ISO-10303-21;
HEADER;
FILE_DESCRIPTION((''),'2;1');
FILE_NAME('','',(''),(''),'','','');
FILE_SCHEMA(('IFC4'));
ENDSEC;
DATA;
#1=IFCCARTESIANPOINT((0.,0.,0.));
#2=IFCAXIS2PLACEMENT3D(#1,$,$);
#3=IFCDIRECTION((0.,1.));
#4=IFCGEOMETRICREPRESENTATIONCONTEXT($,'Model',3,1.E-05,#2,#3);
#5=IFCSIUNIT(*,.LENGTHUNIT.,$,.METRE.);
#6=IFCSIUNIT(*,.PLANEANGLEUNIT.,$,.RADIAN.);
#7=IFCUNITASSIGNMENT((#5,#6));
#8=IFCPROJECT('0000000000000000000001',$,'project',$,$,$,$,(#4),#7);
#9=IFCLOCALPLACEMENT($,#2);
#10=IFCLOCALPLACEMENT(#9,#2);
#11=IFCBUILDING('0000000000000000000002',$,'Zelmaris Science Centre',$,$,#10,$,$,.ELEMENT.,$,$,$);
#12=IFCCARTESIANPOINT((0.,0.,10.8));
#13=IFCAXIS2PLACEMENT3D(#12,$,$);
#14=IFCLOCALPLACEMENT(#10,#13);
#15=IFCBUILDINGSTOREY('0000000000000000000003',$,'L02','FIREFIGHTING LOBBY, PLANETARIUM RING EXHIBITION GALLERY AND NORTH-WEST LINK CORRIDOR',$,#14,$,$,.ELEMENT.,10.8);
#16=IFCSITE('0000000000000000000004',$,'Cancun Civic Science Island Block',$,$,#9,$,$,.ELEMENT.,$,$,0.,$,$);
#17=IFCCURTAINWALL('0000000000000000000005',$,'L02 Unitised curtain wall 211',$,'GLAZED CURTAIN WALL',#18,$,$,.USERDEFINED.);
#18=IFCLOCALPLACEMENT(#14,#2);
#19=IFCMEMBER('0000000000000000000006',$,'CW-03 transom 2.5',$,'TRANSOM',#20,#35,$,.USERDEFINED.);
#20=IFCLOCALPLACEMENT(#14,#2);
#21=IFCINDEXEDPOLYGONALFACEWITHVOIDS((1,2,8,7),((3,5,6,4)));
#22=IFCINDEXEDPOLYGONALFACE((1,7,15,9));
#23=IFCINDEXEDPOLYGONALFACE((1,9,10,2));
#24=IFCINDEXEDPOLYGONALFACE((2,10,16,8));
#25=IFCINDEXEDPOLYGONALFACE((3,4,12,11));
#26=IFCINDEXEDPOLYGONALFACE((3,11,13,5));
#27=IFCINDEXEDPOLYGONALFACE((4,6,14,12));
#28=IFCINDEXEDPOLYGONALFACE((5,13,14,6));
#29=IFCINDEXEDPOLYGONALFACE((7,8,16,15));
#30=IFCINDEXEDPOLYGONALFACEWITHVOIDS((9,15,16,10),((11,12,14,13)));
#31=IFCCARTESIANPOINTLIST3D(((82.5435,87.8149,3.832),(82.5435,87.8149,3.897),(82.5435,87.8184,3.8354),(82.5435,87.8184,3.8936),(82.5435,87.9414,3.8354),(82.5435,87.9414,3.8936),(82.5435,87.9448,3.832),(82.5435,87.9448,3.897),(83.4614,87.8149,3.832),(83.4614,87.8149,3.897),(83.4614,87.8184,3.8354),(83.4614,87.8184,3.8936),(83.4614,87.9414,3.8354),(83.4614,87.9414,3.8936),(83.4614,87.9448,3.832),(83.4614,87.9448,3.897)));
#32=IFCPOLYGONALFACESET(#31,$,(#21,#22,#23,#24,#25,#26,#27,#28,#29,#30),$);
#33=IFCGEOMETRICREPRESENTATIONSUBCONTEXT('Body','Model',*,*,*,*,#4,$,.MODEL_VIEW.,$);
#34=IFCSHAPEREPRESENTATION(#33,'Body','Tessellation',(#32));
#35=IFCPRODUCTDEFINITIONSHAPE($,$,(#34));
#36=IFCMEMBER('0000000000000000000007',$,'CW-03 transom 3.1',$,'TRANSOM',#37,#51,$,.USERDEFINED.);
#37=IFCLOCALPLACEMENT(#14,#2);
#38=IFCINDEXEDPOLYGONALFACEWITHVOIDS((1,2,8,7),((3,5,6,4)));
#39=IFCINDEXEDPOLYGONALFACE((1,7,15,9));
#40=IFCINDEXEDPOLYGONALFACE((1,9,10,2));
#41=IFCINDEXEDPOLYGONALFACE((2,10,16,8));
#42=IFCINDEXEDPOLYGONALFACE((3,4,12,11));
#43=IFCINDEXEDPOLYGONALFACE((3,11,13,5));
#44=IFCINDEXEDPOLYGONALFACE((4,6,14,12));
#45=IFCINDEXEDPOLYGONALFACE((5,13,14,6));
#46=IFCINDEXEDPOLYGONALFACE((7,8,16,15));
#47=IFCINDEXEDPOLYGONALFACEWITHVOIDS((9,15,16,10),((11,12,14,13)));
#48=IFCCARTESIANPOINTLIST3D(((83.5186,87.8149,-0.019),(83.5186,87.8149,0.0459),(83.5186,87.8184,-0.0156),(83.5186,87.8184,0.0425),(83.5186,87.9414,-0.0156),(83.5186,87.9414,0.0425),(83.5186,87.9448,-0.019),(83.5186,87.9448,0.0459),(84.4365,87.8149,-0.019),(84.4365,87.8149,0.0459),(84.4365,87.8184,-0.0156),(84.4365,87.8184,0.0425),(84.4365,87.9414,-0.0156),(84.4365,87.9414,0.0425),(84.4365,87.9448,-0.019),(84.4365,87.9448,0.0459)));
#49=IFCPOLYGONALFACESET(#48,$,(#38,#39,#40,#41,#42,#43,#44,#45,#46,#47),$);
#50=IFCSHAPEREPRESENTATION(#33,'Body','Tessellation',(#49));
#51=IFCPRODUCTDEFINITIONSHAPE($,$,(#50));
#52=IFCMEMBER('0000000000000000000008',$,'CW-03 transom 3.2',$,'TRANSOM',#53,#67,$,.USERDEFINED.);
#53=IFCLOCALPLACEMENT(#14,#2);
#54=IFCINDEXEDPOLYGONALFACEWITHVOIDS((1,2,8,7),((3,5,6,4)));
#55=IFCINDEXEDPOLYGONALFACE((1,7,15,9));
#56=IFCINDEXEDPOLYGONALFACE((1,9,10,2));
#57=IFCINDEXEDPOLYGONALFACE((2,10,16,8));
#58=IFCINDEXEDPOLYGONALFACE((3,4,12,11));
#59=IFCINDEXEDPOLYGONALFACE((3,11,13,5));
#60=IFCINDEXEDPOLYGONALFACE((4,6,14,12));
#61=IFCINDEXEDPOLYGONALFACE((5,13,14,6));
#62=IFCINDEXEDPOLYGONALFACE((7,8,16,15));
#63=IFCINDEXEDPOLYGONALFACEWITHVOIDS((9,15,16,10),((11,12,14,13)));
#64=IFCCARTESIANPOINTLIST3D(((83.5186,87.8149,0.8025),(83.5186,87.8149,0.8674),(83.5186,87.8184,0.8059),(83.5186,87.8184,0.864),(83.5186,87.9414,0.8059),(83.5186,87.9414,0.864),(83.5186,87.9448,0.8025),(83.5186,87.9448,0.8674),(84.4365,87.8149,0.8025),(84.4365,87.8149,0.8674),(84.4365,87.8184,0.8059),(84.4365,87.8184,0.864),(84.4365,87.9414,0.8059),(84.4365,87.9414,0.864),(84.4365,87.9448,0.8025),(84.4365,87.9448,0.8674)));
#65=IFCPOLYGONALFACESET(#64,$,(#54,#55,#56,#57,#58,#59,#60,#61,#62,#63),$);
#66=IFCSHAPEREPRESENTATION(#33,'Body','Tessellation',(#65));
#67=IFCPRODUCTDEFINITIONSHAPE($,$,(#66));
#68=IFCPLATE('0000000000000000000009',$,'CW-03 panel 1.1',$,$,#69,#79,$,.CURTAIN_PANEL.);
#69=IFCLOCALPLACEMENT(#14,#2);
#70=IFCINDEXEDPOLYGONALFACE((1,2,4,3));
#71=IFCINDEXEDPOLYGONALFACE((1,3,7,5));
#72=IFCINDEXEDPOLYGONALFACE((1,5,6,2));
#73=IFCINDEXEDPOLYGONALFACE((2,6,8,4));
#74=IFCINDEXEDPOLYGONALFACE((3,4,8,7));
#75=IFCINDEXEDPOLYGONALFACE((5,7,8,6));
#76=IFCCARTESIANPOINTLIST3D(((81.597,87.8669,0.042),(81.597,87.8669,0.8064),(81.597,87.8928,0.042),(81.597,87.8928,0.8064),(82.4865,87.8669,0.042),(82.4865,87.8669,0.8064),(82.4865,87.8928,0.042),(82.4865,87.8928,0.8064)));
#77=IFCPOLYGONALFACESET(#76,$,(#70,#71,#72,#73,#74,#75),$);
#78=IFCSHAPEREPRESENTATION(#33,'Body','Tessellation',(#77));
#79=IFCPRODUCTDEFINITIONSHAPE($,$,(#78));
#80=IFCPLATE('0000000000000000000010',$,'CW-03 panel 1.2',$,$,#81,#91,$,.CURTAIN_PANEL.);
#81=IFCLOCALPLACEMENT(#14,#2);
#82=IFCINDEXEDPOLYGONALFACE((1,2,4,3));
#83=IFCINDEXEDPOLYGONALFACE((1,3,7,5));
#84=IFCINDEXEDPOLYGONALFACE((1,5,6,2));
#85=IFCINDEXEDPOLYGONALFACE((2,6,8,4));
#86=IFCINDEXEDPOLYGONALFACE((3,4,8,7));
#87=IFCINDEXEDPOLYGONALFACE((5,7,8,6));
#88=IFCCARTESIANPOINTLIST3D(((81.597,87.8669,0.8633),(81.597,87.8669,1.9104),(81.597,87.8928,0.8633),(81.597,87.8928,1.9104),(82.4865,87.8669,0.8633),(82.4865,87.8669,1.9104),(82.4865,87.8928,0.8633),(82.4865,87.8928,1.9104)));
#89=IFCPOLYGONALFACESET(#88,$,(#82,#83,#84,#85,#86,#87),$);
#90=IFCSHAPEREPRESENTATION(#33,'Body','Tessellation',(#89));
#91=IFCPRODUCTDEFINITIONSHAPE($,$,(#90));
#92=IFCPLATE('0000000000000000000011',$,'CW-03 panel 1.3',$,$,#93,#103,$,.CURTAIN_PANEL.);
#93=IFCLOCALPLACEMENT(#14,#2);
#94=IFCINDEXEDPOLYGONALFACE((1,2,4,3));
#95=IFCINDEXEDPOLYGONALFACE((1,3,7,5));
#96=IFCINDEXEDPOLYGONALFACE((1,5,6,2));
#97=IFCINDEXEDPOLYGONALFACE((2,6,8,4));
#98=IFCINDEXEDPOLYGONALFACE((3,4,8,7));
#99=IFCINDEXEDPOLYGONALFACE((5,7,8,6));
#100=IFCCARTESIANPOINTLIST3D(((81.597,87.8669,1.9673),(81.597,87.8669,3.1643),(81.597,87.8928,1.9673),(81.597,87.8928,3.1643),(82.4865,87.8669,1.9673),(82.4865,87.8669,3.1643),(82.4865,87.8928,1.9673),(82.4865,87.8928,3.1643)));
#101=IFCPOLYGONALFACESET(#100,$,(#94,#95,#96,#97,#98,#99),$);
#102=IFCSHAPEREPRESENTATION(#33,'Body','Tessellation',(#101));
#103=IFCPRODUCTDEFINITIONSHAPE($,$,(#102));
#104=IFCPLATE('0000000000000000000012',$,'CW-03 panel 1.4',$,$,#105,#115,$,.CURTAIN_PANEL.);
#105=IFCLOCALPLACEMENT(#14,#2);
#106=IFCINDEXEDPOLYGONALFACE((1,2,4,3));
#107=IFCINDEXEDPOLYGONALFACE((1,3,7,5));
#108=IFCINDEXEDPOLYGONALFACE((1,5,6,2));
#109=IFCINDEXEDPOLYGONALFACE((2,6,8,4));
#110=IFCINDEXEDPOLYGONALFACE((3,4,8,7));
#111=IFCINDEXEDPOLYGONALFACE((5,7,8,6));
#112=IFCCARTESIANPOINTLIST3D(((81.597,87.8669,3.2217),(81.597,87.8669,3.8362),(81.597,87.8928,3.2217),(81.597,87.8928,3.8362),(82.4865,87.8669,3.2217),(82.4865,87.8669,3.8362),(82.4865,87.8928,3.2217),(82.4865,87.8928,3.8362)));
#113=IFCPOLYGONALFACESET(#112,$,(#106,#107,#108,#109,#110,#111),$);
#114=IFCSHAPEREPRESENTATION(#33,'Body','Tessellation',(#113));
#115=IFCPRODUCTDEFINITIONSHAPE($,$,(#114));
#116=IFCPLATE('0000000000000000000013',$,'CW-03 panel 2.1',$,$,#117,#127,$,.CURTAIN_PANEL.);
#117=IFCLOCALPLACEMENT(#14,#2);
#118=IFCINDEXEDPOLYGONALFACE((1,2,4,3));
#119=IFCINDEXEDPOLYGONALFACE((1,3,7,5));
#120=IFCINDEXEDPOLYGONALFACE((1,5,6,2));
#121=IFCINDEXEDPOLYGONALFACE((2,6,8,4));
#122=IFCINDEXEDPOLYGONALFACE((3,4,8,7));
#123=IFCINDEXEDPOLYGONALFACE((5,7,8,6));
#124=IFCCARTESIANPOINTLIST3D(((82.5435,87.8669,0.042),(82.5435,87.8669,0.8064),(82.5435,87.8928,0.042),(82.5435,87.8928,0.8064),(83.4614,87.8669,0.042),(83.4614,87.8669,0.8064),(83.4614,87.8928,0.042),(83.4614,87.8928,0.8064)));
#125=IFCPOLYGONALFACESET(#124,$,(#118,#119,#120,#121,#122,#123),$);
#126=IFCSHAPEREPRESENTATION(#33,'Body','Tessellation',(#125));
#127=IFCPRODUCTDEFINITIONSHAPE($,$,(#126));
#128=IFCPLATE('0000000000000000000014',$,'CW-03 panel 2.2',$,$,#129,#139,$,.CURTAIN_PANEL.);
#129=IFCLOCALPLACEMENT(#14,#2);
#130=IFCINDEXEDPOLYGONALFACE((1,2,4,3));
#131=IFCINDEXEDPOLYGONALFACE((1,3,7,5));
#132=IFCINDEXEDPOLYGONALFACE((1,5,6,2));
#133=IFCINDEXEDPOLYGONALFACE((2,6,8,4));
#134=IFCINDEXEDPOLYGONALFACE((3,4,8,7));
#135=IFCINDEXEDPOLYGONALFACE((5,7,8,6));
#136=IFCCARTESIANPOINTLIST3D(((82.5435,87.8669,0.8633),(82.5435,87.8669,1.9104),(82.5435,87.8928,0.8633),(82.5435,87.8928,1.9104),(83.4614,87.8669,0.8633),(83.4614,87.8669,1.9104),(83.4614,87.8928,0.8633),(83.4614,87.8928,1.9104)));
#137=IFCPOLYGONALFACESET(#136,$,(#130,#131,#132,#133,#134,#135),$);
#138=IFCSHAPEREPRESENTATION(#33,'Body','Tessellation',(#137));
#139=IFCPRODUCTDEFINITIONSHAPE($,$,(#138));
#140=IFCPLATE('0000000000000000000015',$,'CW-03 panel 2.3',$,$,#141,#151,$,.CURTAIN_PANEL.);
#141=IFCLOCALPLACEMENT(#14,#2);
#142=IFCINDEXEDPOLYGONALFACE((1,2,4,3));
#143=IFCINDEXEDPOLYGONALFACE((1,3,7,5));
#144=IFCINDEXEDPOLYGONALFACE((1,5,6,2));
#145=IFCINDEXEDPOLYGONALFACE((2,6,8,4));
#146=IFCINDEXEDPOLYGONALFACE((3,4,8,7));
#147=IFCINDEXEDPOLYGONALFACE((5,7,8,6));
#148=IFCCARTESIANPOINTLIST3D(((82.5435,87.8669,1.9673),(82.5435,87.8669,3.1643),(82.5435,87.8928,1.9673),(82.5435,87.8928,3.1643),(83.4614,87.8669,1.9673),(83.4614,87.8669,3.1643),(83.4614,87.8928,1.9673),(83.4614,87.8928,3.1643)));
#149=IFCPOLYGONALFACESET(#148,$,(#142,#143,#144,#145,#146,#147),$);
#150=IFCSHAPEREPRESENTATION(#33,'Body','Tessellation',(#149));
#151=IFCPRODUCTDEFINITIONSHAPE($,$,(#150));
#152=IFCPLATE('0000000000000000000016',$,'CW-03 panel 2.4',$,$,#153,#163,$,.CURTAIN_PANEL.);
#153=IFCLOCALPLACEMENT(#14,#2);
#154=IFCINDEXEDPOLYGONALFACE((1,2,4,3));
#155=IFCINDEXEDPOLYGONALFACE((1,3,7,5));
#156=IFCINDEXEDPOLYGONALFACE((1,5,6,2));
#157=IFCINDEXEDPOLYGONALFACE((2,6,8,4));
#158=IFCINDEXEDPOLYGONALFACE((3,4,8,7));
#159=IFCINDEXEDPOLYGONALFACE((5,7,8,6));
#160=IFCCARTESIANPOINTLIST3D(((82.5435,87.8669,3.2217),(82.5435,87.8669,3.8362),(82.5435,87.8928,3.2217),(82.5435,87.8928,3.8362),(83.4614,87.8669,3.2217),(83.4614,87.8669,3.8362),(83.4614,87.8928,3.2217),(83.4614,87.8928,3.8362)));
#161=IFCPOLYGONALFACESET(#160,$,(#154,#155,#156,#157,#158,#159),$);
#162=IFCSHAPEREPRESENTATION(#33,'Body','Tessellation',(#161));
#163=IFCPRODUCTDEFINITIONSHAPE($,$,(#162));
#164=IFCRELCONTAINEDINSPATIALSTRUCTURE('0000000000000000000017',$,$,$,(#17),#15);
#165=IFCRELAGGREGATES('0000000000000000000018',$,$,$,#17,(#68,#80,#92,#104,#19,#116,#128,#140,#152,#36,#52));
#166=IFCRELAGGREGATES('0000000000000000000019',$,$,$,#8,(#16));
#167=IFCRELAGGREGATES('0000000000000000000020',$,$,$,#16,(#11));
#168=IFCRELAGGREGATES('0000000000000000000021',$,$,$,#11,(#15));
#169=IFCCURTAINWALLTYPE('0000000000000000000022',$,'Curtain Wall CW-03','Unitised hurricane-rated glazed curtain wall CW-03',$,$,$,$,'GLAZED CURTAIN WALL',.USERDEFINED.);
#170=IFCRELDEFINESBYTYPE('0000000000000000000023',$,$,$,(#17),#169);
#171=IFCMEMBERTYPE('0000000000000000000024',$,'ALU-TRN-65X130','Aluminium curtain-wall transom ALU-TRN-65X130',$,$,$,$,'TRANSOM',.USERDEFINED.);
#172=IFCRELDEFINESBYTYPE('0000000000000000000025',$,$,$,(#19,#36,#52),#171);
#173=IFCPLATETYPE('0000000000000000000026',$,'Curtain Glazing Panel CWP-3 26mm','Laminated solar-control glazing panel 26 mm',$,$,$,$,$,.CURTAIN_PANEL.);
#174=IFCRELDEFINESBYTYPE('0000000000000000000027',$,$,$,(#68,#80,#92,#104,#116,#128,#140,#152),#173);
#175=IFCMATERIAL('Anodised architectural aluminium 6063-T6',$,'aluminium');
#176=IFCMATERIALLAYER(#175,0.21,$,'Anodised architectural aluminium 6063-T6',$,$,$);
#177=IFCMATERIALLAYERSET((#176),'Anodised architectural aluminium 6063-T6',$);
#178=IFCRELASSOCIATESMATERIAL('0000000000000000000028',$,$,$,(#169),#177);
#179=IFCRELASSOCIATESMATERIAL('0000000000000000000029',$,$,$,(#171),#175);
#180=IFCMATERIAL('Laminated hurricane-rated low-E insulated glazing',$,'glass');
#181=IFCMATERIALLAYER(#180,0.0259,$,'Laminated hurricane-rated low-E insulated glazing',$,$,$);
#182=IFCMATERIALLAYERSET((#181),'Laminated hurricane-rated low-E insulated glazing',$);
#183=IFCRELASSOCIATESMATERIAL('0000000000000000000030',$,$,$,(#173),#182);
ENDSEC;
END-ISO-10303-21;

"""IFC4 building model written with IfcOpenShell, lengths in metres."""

from ifc_helpers import new_model, si_unit, direction, frame, origin, origin_2d, place, context, subcontext, project, spatial, rectangle, hollow_rectangle, extrude, material, layer, layer_set, material_profile, profile_set, type_object, element, aggregate, save


model = new_model("IFC4")

# Units and contexts
model_context = context("Model", 3, precision=1e-05, world=origin(), true_north=direction((0.0, 1.0)))
body_context = subcontext(model_context, "Body", "Model", "MODEL_VIEW")
ifc_project = project(units=[si_unit("LENGTHUNIT", "METRE"), si_unit("PLANEANGLEUNIT", "RADIAN")], contexts=[model_context])

# Site, building, storey
site_placement = place(None, origin())
site = spatial("IfcSite", under=ifc_project, at=site_placement, Name="Cancun Civic Science Island Block", CompositionType="ELEMENT", RefElevation=0.0)
building_placement = place(site_placement, origin())
building = spatial("IfcBuilding", under=site, at=building_placement, Name="Zelmaris Science Centre", CompositionType="ELEMENT")
storey_placement = place(building_placement, frame((0.0, 0.0, 10.8)))
storey = spatial("IfcBuildingStorey", under=building, at=storey_placement, Name="L02", Description="FIREFIGHTING LOBBY, PLANETARIUM RING EXHIBITION GALLERY AND NORTH-WEST LINK CORRIDOR", CompositionType="ELEMENT", Elevation=10.8)

# Curtain wall, members, plates
ifc_material_1 = material(Name="Anodised architectural aluminium 6063-T6", Category="aluminium")
ifc_layer_1 = layer(ifc_material_1, 0.21, Name="Anodised architectural aluminium 6063-T6")
ifc_layer_set_1 = layer_set([ifc_layer_1], Name="Anodised architectural aluminium 6063-T6")
curtain_wall_type = type_object("IfcCurtainWallType", Name="Curtain Wall CW-03", Description="Unitised hurricane-rated glazed curtain wall CW-03", ElementType="GLAZED CURTAIN WALL", PredefinedType="USERDEFINED", material=ifc_layer_set_1)
curtain_wall_placement = place(storey_placement, origin())
curtain_wall = element("IfcCurtainWall", 1, at=curtain_wall_placement, inside=storey, type_object=curtain_wall_type, Name="L02 Unitised curtain wall 211", ObjectType="GLAZED CURTAIN WALL", PredefinedType="USERDEFINED")
ifc_material_profile_1 = material_profile(ifc_material_1, hollow_rectangle(XDim=0.0649, YDim=0.1299, WallThickness=0.0034, at=origin_2d()), Name="ALU-TRN-65X130")
ifc_profile_set_1 = profile_set([ifc_material_profile_1], Name="Anodised architectural aluminium 6063-T6")
member_type_1 = type_object("IfcMemberType", Name="ALU-TRN-65X130", Description="Aluminium curtain-wall transom ALU-TRN-65X130", ElementType="TRANSOM", PredefinedType="USERDEFINED", material=ifc_profile_set_1)
member_1_placement = place(storey_placement, frame((82.5435, 87.8799, 3.8645), z_axis=(1.0, 0.0, 0.0), x_axis=(0.0, 0.0, 1.0)))
member_1 = element("IfcMember", 2, at=member_1_placement, type_object=member_type_1, Name="CW-03 transom 2.5", ObjectType="TRANSOM", PredefinedType="USERDEFINED", context=body_context, shape_type="SweptSolid", body=[
    extrude(hollow_rectangle(XDim=0.0649, YDim=0.1299, WallThickness=0.0034, at=origin_2d()), origin(), (0.0, 0.0, 1.0), 0.918),
])
member_2_placement = place(storey_placement, frame((83.5186, 87.8799, 0.0134), z_axis=(1.0, 0.0, 0.0), x_axis=(0.0, 0.0, 1.0)))
member_2 = element("IfcMember", 3, at=member_2_placement, type_object=member_type_1, Name="CW-03 transom 3.1", ObjectType="TRANSOM", PredefinedType="USERDEFINED", context=body_context, shape_type="SweptSolid", body=[
    extrude(hollow_rectangle(XDim=0.0649, YDim=0.1299, WallThickness=0.0034, at=origin_2d()), origin(), (0.0, 0.0, 1.0), 0.918),
])
member_3_placement = place(storey_placement, frame((83.5186, 87.8799, 0.835), z_axis=(1.0, 0.0, 0.0), x_axis=(0.0, 0.0, 1.0)))
member_3 = element("IfcMember", 4, at=member_3_placement, type_object=member_type_1, Name="CW-03 transom 3.2", ObjectType="TRANSOM", PredefinedType="USERDEFINED", context=body_context, shape_type="SweptSolid", body=[
    extrude(hollow_rectangle(XDim=0.0649, YDim=0.1299, WallThickness=0.0034, at=origin_2d()), origin(), (0.0, 0.0, 1.0), 0.918),
])
ifc_material_2 = material(Name="Laminated hurricane-rated low-E insulated glazing", Category="glass")
ifc_layer_2 = layer(ifc_material_2, 0.0259, Name="Laminated hurricane-rated low-E insulated glazing")
ifc_layer_set_2 = layer_set([ifc_layer_2], Name="Laminated hurricane-rated low-E insulated glazing")
plate_type = type_object("IfcPlateType", Name="Curtain Glazing Panel CWP-3 26mm", Description="Laminated solar-control glazing panel 26 mm", PredefinedType="CURTAIN_PANEL", material=ifc_layer_set_2)
plate_1_placement = place(storey_placement, frame((82.0417, 87.8799, 0.042), z_axis=(0.0, 0.0, 1.0), x_axis=(1.0, 0.0, 0.0)))
plate_1 = element("IfcPlate", 5, at=plate_1_placement, type_object=plate_type, Name="CW-03 panel 1.1", PredefinedType="CURTAIN_PANEL", context=body_context, shape_type="SweptSolid", body=[
    extrude(rectangle(XDim=0.8894, YDim=0.0259, at=origin_2d()), origin(), (0.0, 0.0, 1.0), 0.7644),
])
plate_2_placement = place(storey_placement, frame((82.0417, 87.8799, 0.8633), z_axis=(0.0, 0.0, 1.0), x_axis=(1.0, 0.0, 0.0)))
plate_2 = element("IfcPlate", 6, at=plate_2_placement, type_object=plate_type, Name="CW-03 panel 1.2", PredefinedType="CURTAIN_PANEL", context=body_context, shape_type="SweptSolid", body=[
    extrude(rectangle(XDim=0.8894, YDim=0.0259, at=origin_2d()), origin(), (0.0, 0.0, 1.0), 1.0471),
])
plate_3_placement = place(storey_placement, frame((82.0417, 87.8799, 1.9673), z_axis=(0.0, 0.0, 1.0), x_axis=(1.0, 0.0, 0.0)))
plate_3 = element("IfcPlate", 7, at=plate_3_placement, type_object=plate_type, Name="CW-03 panel 1.3", PredefinedType="CURTAIN_PANEL", context=body_context, shape_type="SweptSolid", body=[
    extrude(rectangle(XDim=0.8894, YDim=0.0259, at=origin_2d()), origin(), (0.0, 0.0, 1.0), 1.197),
])
plate_4_placement = place(storey_placement, frame((82.0417, 87.8799, 3.2217), z_axis=(0.0, 0.0, 1.0), x_axis=(1.0, 0.0, 0.0)))
plate_4 = element("IfcPlate", 8, at=plate_4_placement, type_object=plate_type, Name="CW-03 panel 1.4", PredefinedType="CURTAIN_PANEL", context=body_context, shape_type="SweptSolid", body=[
    extrude(rectangle(XDim=0.8894, YDim=0.0259, at=origin_2d()), origin(), (0.0, 0.0, 1.0), 0.6145),
])
plate_5_placement = place(storey_placement, frame((83.0024, 87.8799, 0.042), z_axis=(0.0, 0.0, 1.0), x_axis=(1.0, 0.0, 0.0)))
plate_5 = element("IfcPlate", 9, at=plate_5_placement, type_object=plate_type, Name="CW-03 panel 2.1", PredefinedType="CURTAIN_PANEL", context=body_context, shape_type="SweptSolid", body=[
    extrude(rectangle(XDim=0.918, YDim=0.0259, at=origin_2d()), origin(), (0.0, 0.0, 1.0), 0.7644),
])
plate_6_placement = place(storey_placement, frame((83.0024, 87.8799, 0.8633), z_axis=(0.0, 0.0, 1.0), x_axis=(1.0, 0.0, 0.0)))
plate_6 = element("IfcPlate", 10, at=plate_6_placement, type_object=plate_type, Name="CW-03 panel 2.2", PredefinedType="CURTAIN_PANEL", context=body_context, shape_type="SweptSolid", body=[
    extrude(rectangle(XDim=0.918, YDim=0.0259, at=origin_2d()), origin(), (0.0, 0.0, 1.0), 1.0471),
])
plate_7_placement = place(storey_placement, frame((83.0024, 87.8799, 1.9673), z_axis=(0.0, 0.0, 1.0), x_axis=(1.0, 0.0, 0.0)))
plate_7 = element("IfcPlate", 11, at=plate_7_placement, type_object=plate_type, Name="CW-03 panel 2.3", PredefinedType="CURTAIN_PANEL", context=body_context, shape_type="SweptSolid", body=[
    extrude(rectangle(XDim=0.918, YDim=0.0259, at=origin_2d()), origin(), (0.0, 0.0, 1.0), 1.197),
])
plate_8_placement = place(storey_placement, frame((83.0024, 87.8799, 3.2217), z_axis=(0.0, 0.0, 1.0), x_axis=(1.0, 0.0, 0.0)))
plate_8 = element("IfcPlate", 12, at=plate_8_placement, type_object=plate_type, Name="CW-03 panel 2.4", PredefinedType="CURTAIN_PANEL", context=body_context, shape_type="SweptSolid", body=[
    extrude(rectangle(XDim=0.918, YDim=0.0259, at=origin_2d()), origin(), (0.0, 0.0, 1.0), 0.6145),
])
aggregate(curtain_wall, [plate_1, plate_2, plate_3, plate_4, member_1, plate_5, plate_6, plate_7, plate_8, member_2, member_3])

save(model, "model.ifc")
